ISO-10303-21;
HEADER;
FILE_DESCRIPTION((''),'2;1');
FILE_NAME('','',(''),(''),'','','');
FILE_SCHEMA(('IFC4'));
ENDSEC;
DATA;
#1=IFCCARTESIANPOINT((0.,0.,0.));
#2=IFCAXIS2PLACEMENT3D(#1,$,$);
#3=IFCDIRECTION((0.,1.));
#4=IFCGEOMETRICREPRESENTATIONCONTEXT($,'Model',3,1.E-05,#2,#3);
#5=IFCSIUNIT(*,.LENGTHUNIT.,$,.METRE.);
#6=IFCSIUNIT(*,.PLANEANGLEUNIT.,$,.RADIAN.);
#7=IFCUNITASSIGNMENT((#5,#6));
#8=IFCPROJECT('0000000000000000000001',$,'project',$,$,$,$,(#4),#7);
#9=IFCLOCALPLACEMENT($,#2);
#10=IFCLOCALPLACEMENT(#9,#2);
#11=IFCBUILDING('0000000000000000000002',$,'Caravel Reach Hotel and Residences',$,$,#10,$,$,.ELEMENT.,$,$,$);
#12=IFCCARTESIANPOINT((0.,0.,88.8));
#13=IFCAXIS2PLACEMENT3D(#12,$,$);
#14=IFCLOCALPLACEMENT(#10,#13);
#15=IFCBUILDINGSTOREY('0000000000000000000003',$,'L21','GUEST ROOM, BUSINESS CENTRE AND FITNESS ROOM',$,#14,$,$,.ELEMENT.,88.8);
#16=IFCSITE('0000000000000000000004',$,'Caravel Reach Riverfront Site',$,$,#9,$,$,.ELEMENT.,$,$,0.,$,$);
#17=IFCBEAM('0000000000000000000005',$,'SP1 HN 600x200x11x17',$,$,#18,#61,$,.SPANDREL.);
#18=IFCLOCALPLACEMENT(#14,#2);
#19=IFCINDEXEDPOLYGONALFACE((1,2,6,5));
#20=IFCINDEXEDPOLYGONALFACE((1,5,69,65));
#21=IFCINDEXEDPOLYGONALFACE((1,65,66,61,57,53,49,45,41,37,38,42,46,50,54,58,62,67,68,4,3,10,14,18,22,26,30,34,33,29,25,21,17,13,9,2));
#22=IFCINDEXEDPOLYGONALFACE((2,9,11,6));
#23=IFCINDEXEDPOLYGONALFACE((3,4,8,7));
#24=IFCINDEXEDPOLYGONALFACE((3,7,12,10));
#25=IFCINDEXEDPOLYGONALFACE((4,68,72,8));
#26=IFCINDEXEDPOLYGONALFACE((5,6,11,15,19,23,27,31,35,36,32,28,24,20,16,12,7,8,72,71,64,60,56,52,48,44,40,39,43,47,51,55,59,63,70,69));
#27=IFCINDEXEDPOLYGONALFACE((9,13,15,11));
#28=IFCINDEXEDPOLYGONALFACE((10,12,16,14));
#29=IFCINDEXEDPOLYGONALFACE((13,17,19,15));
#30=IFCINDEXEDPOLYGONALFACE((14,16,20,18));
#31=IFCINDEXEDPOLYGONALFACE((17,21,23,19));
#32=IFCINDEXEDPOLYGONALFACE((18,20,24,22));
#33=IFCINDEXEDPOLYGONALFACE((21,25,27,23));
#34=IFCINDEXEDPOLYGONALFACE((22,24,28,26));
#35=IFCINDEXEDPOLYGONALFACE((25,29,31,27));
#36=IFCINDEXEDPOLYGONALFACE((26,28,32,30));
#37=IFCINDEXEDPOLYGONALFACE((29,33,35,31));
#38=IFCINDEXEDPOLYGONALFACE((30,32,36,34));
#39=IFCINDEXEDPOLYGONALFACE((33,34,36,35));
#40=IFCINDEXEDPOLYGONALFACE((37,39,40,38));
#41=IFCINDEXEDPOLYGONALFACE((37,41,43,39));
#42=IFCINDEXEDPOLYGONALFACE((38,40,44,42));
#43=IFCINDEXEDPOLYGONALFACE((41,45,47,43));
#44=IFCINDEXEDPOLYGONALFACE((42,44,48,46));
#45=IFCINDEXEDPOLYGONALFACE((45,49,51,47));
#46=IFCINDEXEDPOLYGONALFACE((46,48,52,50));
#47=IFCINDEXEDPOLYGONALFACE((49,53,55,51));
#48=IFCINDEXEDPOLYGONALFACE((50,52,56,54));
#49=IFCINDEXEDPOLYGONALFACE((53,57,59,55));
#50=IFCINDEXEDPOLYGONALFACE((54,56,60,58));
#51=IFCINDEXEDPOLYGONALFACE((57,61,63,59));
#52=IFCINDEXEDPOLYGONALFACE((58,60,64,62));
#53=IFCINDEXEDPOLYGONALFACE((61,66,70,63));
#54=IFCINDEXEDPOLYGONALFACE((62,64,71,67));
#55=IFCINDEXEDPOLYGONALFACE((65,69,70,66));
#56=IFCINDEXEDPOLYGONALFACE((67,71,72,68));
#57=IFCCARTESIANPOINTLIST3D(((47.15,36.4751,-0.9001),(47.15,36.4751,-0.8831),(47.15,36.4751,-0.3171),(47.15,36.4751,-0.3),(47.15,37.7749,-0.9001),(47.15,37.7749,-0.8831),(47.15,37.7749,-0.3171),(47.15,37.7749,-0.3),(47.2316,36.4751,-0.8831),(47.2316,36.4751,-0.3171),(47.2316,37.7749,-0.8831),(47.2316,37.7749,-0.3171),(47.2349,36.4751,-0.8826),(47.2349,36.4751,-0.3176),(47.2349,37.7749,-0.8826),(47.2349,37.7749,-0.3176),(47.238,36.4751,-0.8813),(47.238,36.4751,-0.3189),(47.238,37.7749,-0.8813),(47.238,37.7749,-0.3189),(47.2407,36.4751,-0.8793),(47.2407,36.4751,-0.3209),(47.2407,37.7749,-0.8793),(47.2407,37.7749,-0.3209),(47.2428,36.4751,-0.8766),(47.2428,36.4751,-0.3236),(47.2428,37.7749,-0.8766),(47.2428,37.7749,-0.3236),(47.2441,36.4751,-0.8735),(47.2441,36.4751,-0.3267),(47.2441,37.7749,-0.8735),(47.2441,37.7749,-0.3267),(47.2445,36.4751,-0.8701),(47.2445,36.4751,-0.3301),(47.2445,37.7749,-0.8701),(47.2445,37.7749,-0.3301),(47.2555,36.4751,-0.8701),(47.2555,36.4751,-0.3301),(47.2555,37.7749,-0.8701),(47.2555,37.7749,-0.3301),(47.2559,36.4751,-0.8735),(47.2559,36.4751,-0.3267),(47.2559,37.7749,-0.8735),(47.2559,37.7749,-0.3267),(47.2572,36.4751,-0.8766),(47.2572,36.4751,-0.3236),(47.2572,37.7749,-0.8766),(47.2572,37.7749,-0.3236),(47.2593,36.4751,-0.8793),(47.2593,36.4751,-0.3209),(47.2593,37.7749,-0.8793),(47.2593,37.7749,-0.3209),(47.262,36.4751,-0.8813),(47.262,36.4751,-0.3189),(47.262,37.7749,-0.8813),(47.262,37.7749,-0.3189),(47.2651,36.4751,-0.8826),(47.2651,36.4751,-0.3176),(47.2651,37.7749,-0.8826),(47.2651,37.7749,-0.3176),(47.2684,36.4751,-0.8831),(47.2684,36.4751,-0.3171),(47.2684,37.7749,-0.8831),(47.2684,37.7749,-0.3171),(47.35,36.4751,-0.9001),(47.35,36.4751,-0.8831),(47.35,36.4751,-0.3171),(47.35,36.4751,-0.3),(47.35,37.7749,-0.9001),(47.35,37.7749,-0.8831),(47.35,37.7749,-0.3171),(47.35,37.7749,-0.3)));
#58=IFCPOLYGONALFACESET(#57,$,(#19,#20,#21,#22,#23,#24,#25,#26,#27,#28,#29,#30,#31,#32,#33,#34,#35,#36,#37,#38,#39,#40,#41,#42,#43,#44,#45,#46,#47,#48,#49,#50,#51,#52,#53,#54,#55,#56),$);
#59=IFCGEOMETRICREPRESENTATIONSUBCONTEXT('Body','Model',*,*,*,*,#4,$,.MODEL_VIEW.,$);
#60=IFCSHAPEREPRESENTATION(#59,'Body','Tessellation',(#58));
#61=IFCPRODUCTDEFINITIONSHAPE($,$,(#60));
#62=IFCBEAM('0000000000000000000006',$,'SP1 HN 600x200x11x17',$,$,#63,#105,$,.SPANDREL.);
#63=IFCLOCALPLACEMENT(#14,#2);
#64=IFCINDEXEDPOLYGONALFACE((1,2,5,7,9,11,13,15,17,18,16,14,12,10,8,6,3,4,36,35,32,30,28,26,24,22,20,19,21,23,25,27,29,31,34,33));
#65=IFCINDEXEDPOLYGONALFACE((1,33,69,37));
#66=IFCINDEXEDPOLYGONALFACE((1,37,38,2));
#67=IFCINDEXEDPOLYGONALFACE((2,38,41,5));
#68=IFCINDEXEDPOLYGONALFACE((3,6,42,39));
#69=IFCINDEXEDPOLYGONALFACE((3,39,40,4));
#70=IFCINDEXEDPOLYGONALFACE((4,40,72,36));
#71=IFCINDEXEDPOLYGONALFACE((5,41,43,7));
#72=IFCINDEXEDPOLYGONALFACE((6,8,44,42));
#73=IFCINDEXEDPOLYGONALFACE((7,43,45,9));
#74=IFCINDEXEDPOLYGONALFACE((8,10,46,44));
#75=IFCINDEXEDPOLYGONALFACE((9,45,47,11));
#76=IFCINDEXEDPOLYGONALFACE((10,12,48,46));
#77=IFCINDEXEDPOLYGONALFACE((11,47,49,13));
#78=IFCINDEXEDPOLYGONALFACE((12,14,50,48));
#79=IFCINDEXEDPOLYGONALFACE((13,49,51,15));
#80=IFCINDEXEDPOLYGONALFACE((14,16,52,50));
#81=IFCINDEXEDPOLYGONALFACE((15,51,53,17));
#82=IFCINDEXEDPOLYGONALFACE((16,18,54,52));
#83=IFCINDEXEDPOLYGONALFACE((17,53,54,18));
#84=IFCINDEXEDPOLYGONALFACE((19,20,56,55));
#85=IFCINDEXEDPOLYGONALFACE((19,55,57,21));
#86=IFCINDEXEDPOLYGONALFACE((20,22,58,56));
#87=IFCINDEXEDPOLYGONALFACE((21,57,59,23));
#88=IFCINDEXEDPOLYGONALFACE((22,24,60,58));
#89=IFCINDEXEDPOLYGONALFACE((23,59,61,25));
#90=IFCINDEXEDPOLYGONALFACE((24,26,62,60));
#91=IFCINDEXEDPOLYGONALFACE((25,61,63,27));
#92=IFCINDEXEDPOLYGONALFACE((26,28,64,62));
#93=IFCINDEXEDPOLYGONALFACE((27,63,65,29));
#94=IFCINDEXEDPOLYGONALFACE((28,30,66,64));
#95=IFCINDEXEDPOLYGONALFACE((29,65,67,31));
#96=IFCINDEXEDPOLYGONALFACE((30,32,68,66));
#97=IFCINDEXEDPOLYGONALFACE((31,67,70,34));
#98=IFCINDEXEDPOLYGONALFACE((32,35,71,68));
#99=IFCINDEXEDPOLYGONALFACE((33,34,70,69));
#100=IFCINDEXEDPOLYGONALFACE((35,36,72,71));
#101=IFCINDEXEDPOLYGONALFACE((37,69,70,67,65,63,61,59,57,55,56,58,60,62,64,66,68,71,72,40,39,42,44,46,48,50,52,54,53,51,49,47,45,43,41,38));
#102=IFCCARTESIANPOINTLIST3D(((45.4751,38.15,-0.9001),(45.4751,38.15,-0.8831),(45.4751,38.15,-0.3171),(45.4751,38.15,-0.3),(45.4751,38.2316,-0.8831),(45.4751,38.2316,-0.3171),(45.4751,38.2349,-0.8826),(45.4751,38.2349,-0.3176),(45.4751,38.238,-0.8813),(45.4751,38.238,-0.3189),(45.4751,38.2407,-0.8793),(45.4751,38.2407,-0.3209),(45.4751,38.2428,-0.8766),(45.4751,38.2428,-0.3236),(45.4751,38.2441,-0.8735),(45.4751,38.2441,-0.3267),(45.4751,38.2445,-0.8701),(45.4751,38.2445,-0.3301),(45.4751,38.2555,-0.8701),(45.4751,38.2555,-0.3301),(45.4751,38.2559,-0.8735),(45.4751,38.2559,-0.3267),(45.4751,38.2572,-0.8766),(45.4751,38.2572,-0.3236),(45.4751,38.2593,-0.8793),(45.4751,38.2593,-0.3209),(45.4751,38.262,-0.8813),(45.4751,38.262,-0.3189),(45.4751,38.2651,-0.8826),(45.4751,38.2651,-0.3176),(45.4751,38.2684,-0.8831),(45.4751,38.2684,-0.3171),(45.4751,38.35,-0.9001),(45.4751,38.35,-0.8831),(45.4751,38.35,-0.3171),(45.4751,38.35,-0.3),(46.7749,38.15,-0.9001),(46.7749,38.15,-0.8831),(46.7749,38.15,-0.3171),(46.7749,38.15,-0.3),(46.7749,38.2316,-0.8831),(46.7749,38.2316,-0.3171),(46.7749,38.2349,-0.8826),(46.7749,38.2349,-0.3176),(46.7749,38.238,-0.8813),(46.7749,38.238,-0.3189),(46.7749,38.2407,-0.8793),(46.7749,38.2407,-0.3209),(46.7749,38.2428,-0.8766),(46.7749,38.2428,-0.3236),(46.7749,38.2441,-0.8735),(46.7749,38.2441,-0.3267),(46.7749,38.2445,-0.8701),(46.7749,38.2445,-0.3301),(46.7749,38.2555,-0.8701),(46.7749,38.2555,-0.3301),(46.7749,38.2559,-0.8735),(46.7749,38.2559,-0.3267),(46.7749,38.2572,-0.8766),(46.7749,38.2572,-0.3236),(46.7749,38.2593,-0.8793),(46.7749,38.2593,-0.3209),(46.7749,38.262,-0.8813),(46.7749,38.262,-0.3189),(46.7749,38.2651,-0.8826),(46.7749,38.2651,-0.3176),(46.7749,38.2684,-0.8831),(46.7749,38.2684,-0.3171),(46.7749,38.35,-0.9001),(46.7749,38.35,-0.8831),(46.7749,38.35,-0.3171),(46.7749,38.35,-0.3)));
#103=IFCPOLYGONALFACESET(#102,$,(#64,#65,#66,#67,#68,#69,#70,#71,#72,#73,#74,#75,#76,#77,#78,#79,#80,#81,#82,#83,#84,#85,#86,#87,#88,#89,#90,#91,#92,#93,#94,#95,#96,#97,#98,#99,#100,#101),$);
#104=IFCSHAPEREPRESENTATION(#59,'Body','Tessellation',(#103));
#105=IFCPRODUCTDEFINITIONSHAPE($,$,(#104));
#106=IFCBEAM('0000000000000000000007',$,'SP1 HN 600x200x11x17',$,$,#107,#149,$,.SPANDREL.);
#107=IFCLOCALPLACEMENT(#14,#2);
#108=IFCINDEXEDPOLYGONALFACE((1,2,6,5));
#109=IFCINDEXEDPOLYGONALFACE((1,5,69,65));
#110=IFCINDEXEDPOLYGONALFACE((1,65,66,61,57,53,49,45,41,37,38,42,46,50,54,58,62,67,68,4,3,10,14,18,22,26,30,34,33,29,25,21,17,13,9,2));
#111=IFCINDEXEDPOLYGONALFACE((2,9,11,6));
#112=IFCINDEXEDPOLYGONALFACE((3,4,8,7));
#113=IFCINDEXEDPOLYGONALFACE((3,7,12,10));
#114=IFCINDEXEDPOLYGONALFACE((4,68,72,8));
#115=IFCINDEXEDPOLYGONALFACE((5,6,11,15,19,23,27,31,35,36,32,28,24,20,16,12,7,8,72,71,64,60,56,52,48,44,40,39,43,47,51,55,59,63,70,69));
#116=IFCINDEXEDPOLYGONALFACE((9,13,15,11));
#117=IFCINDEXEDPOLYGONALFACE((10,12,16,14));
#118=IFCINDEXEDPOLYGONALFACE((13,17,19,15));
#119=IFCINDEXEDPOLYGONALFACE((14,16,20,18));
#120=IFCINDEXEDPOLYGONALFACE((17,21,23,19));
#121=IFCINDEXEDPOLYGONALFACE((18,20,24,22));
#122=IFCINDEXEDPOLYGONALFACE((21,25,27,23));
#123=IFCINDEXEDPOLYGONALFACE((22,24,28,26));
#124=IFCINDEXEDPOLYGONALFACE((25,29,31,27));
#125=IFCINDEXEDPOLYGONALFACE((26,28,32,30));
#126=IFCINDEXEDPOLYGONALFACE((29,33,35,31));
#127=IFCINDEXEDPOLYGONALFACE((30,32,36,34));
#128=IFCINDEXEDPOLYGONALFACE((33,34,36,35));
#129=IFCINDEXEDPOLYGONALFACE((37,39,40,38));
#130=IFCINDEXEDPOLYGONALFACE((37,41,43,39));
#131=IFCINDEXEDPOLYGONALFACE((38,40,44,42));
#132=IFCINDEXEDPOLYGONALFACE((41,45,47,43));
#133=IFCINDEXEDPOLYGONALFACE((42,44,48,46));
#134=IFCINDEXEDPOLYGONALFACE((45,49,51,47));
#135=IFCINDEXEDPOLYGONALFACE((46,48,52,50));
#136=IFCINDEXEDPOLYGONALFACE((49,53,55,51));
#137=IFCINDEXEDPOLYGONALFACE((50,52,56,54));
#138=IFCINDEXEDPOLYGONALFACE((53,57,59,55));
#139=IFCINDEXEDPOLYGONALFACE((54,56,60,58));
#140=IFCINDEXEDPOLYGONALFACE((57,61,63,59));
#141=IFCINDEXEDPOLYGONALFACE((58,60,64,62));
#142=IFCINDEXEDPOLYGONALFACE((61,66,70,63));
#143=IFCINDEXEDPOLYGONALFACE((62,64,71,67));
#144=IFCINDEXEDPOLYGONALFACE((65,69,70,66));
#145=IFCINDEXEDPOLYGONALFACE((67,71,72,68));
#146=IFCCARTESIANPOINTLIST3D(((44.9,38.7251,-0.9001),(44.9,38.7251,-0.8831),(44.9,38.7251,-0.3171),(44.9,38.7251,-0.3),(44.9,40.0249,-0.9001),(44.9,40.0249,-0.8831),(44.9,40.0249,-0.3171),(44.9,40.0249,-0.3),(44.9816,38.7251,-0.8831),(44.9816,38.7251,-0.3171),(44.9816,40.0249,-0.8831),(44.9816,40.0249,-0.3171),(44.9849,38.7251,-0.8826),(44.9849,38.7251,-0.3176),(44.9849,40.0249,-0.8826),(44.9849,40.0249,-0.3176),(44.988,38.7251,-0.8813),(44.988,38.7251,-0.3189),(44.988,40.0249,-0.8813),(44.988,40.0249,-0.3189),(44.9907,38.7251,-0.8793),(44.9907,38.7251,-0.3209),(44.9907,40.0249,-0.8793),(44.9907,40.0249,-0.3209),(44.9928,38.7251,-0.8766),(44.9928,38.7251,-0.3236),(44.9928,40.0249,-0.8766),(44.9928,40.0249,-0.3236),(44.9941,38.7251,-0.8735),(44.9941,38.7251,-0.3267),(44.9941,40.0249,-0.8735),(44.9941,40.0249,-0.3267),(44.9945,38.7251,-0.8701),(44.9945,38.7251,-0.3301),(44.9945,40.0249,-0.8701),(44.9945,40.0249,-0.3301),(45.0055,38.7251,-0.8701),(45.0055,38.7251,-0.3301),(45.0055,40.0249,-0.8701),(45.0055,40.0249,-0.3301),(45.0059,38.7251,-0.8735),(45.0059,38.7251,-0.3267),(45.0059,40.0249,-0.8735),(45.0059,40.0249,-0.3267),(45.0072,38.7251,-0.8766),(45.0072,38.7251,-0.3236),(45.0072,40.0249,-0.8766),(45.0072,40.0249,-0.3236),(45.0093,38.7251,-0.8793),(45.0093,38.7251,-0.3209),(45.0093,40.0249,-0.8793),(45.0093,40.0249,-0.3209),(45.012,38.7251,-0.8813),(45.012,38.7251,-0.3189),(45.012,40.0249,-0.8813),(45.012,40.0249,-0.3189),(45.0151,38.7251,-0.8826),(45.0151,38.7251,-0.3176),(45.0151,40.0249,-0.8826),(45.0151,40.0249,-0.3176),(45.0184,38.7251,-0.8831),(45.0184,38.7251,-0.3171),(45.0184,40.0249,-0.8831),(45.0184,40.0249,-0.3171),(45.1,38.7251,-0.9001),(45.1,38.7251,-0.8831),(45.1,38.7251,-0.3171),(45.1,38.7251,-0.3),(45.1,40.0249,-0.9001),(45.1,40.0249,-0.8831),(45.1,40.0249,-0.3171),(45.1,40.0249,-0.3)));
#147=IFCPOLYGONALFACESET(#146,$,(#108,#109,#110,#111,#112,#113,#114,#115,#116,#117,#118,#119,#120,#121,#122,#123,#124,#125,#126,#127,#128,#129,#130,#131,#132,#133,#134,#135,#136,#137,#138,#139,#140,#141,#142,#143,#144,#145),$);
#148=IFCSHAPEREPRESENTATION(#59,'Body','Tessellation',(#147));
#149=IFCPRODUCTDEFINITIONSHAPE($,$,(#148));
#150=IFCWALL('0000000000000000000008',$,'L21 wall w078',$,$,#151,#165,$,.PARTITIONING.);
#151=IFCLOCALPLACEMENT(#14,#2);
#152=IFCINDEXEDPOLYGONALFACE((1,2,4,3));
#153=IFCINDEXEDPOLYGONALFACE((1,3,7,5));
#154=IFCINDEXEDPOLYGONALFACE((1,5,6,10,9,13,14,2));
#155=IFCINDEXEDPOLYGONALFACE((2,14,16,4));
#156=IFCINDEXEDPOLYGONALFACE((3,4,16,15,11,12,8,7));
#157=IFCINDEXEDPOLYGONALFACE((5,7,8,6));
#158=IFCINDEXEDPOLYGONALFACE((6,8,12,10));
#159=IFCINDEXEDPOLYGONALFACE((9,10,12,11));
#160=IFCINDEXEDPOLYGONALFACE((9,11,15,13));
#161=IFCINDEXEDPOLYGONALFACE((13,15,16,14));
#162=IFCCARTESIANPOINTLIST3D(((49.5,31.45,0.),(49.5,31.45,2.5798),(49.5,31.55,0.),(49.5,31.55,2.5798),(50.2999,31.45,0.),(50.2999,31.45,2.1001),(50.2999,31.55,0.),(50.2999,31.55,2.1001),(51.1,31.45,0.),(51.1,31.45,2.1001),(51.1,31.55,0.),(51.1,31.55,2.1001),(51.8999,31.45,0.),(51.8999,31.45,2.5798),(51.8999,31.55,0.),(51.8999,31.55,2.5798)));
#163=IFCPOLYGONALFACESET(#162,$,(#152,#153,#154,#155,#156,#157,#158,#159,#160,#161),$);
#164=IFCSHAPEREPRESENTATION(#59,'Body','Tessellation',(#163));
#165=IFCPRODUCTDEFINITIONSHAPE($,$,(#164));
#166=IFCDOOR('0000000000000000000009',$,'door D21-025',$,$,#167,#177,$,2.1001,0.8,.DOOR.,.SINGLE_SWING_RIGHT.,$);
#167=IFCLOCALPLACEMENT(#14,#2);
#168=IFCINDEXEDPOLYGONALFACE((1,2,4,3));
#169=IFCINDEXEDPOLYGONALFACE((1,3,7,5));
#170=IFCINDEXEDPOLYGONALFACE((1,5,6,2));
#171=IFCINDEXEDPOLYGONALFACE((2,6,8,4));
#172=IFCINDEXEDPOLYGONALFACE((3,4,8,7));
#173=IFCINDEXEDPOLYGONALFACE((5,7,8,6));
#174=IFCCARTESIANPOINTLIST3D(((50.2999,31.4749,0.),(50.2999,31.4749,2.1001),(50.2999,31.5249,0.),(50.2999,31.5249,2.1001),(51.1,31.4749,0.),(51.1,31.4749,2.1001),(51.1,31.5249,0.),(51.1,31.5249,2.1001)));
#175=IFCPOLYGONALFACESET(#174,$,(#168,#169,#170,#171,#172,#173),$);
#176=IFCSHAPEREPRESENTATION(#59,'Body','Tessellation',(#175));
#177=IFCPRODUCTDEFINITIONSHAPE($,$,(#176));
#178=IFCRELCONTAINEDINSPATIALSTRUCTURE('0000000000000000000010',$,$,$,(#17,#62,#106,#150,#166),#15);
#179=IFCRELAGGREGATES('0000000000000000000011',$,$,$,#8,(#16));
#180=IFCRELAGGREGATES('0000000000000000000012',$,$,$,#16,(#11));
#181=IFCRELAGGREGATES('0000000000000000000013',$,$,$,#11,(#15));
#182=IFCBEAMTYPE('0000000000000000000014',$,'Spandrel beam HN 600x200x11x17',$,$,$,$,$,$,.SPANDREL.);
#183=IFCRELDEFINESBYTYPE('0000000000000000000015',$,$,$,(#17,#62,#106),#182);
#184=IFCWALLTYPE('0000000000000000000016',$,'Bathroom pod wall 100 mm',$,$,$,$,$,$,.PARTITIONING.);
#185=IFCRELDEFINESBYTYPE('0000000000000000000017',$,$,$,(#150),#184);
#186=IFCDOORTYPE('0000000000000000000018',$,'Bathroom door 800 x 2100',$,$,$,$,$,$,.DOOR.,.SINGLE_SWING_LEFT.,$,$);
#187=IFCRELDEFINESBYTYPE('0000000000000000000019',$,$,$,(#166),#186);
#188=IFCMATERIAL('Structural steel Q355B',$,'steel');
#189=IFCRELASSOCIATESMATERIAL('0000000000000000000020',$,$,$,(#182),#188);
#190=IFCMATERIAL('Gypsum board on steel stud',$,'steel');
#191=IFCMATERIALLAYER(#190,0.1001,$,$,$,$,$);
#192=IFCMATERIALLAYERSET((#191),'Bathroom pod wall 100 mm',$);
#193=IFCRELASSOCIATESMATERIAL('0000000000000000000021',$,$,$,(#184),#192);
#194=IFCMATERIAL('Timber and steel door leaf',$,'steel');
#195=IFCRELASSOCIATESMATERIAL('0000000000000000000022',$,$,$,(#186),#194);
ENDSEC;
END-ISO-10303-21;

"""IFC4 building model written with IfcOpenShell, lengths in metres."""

from ifc_helpers import new_model, si_unit, direction, frame, frame_2d, origin, origin_2d, place, context, subcontext, project, spatial, rectangle, i_section, extrude, material, layer, layer_set, material_profile, profile_set, type_object, element, fill, save


model = new_model("IFC4")

# Units and contexts
model_context = context("Model", 3, precision=1e-05, world=origin(), true_north=direction((0.0, 1.0)))
body_context = subcontext(model_context, "Body", "Model", "MODEL_VIEW")
ifc_project = project(units=[si_unit("LENGTHUNIT", "METRE"), si_unit("PLANEANGLEUNIT", "RADIAN")], contexts=[model_context])

# Site, building, storey
site_placement = place(None, origin())
site = spatial("IfcSite", under=ifc_project, at=site_placement, Name="Caravel Reach Riverfront Site", CompositionType="ELEMENT", RefElevation=0.0)
building_placement = place(site_placement, origin())
building = spatial("IfcBuilding", under=site, at=building_placement, Name="Caravel Reach Hotel and Residences", CompositionType="ELEMENT")
storey_placement = place(building_placement, frame((0.0, 0.0, 88.8)))
storey = spatial("IfcBuildingStorey", under=building, at=storey_placement, Name="L21", Description="GUEST ROOM, BUSINESS CENTRE AND FITNESS ROOM", CompositionType="ELEMENT", Elevation=88.8)

# Beams
ifc_material_1 = material(Name="Structural steel Q355B", Category="steel")
ifc_material_profile_1 = material_profile(ifc_material_1, i_section(OverallWidth=0.2, OverallDepth=0.6001, WebThickness=0.011, FlangeThickness=0.0171, FilletRadius=0.0129, at=origin_2d()), Name="HN 600x200x11x17")
ifc_profile_set_1 = profile_set([ifc_material_profile_1], Name="Structural steel Q355B")
beam_type_1 = type_object("IfcBeamType", Name="Spandrel beam HN 600x200x11x17", PredefinedType="SPANDREL", material=ifc_profile_set_1)
for number, where, z_axis, x_axis, name in (
    (1, (47.25, 36.4751, -0.6001), (0.0, 1.0, 0.0), (-1.0, 0.0, 0.0), "SP1 HN 600x200x11x17"),
    (2, (46.7749, 38.25, -0.6001), (-1.0, 0.0, 0.0), (0.0, -1.0, 0.0), "SP1 HN 600x200x11x17"),
    (3, (45.0, 38.7251, -0.6001), (0.0, 1.0, 0.0), (-1.0, 0.0, 0.0), "SP1 HN 600x200x11x17"),
):
    element("IfcBeam", number, at=place(storey_placement, frame(where, z_axis=z_axis, x_axis=x_axis)), inside=storey, type_object=beam_type_1, Name=name, PredefinedType="SPANDREL", context=body_context, shape_type="SweptSolid", body=[
        extrude(i_section(OverallWidth=0.2, OverallDepth=0.6001, WebThickness=0.011, FlangeThickness=0.0171, FilletRadius=0.0129, at=origin_2d()), origin(), (0.0, 0.0, 1.0), 1.2998),
    ])

# Wall, opening, door
ifc_material_2 = material(Name="Gypsum board on steel stud", Category="steel")
ifc_layer_1 = layer(ifc_material_2, 0.1001)
ifc_layer_set_1 = layer_set([ifc_layer_1], Name="Bathroom pod wall 100 mm")
wall_type_1 = type_object("IfcWallType", Name="Bathroom pod wall 100 mm", PredefinedType="PARTITIONING", material=ifc_layer_set_1)
wall_1_placement = place(storey_placement, frame((49.5, 31.5, 0.0), z_axis=(0.0, 0.0, 1.0), x_axis=(1.0, 0.0, 0.0)))
wall_1 = element("IfcWall", 4, at=wall_1_placement, inside=storey, type_object=wall_type_1, Name="L21 wall w078", PredefinedType="PARTITIONING", context=body_context, shape_type="SweptSolid", body=[
    extrude(rectangle(XDim=2.3999, YDim=0.1001, at=frame_2d((1.2, 0.0))), origin(), (0.0, 0.0, 1.0), 2.5798),
])
opening_1_placement = place(wall_1_placement, frame((0.8, 0.0, 0.0)))
opening_1 = element("IfcOpeningElement", 5, at=opening_1_placement, cuts=wall_1, PredefinedType="OPENING", context=body_context, shape_type="SweptSolid", body=[
    extrude(rectangle(XDim=0.8, YDim=2.1001, at=frame_2d((0.3999, 1.05))), frame((0.0, 0.0601, 0.0), z_axis=(0.0, -1.0, 0.0), x_axis=(1.0, 0.0, 0.0)), (0.0, 0.0, 1.0), 0.1201),
])
ifc_material_3 = material(Name="Timber and steel door leaf", Category="steel")
door_type_1 = type_object("IfcDoorType", Name="Bathroom door 800 x 2100", OperationType="SINGLE_SWING_LEFT", PredefinedType="DOOR", material=ifc_material_3)
door_1_placement = place(opening_1_placement, origin())
door_1 = element("IfcDoor", 6, at=door_1_placement, inside=storey, type_object=door_type_1, Name="door D21-025", OperationType="SINGLE_SWING_RIGHT", OverallHeight=2.1001, OverallWidth=0.8, PredefinedType="DOOR", context=body_context, shape_type="SweptSolid", body=[
    extrude(rectangle(XDim=0.8, YDim=2.1001, at=frame_2d((0.3999, 1.05))), frame((0.0, 0.0249, 0.0), z_axis=(0.0, -1.0, 0.0), x_axis=(1.0, 0.0, 0.0)), (0.0, 0.0, 1.0), 0.05),
])
fill(opening_1, door_1)

save(model, "model.ifc")
